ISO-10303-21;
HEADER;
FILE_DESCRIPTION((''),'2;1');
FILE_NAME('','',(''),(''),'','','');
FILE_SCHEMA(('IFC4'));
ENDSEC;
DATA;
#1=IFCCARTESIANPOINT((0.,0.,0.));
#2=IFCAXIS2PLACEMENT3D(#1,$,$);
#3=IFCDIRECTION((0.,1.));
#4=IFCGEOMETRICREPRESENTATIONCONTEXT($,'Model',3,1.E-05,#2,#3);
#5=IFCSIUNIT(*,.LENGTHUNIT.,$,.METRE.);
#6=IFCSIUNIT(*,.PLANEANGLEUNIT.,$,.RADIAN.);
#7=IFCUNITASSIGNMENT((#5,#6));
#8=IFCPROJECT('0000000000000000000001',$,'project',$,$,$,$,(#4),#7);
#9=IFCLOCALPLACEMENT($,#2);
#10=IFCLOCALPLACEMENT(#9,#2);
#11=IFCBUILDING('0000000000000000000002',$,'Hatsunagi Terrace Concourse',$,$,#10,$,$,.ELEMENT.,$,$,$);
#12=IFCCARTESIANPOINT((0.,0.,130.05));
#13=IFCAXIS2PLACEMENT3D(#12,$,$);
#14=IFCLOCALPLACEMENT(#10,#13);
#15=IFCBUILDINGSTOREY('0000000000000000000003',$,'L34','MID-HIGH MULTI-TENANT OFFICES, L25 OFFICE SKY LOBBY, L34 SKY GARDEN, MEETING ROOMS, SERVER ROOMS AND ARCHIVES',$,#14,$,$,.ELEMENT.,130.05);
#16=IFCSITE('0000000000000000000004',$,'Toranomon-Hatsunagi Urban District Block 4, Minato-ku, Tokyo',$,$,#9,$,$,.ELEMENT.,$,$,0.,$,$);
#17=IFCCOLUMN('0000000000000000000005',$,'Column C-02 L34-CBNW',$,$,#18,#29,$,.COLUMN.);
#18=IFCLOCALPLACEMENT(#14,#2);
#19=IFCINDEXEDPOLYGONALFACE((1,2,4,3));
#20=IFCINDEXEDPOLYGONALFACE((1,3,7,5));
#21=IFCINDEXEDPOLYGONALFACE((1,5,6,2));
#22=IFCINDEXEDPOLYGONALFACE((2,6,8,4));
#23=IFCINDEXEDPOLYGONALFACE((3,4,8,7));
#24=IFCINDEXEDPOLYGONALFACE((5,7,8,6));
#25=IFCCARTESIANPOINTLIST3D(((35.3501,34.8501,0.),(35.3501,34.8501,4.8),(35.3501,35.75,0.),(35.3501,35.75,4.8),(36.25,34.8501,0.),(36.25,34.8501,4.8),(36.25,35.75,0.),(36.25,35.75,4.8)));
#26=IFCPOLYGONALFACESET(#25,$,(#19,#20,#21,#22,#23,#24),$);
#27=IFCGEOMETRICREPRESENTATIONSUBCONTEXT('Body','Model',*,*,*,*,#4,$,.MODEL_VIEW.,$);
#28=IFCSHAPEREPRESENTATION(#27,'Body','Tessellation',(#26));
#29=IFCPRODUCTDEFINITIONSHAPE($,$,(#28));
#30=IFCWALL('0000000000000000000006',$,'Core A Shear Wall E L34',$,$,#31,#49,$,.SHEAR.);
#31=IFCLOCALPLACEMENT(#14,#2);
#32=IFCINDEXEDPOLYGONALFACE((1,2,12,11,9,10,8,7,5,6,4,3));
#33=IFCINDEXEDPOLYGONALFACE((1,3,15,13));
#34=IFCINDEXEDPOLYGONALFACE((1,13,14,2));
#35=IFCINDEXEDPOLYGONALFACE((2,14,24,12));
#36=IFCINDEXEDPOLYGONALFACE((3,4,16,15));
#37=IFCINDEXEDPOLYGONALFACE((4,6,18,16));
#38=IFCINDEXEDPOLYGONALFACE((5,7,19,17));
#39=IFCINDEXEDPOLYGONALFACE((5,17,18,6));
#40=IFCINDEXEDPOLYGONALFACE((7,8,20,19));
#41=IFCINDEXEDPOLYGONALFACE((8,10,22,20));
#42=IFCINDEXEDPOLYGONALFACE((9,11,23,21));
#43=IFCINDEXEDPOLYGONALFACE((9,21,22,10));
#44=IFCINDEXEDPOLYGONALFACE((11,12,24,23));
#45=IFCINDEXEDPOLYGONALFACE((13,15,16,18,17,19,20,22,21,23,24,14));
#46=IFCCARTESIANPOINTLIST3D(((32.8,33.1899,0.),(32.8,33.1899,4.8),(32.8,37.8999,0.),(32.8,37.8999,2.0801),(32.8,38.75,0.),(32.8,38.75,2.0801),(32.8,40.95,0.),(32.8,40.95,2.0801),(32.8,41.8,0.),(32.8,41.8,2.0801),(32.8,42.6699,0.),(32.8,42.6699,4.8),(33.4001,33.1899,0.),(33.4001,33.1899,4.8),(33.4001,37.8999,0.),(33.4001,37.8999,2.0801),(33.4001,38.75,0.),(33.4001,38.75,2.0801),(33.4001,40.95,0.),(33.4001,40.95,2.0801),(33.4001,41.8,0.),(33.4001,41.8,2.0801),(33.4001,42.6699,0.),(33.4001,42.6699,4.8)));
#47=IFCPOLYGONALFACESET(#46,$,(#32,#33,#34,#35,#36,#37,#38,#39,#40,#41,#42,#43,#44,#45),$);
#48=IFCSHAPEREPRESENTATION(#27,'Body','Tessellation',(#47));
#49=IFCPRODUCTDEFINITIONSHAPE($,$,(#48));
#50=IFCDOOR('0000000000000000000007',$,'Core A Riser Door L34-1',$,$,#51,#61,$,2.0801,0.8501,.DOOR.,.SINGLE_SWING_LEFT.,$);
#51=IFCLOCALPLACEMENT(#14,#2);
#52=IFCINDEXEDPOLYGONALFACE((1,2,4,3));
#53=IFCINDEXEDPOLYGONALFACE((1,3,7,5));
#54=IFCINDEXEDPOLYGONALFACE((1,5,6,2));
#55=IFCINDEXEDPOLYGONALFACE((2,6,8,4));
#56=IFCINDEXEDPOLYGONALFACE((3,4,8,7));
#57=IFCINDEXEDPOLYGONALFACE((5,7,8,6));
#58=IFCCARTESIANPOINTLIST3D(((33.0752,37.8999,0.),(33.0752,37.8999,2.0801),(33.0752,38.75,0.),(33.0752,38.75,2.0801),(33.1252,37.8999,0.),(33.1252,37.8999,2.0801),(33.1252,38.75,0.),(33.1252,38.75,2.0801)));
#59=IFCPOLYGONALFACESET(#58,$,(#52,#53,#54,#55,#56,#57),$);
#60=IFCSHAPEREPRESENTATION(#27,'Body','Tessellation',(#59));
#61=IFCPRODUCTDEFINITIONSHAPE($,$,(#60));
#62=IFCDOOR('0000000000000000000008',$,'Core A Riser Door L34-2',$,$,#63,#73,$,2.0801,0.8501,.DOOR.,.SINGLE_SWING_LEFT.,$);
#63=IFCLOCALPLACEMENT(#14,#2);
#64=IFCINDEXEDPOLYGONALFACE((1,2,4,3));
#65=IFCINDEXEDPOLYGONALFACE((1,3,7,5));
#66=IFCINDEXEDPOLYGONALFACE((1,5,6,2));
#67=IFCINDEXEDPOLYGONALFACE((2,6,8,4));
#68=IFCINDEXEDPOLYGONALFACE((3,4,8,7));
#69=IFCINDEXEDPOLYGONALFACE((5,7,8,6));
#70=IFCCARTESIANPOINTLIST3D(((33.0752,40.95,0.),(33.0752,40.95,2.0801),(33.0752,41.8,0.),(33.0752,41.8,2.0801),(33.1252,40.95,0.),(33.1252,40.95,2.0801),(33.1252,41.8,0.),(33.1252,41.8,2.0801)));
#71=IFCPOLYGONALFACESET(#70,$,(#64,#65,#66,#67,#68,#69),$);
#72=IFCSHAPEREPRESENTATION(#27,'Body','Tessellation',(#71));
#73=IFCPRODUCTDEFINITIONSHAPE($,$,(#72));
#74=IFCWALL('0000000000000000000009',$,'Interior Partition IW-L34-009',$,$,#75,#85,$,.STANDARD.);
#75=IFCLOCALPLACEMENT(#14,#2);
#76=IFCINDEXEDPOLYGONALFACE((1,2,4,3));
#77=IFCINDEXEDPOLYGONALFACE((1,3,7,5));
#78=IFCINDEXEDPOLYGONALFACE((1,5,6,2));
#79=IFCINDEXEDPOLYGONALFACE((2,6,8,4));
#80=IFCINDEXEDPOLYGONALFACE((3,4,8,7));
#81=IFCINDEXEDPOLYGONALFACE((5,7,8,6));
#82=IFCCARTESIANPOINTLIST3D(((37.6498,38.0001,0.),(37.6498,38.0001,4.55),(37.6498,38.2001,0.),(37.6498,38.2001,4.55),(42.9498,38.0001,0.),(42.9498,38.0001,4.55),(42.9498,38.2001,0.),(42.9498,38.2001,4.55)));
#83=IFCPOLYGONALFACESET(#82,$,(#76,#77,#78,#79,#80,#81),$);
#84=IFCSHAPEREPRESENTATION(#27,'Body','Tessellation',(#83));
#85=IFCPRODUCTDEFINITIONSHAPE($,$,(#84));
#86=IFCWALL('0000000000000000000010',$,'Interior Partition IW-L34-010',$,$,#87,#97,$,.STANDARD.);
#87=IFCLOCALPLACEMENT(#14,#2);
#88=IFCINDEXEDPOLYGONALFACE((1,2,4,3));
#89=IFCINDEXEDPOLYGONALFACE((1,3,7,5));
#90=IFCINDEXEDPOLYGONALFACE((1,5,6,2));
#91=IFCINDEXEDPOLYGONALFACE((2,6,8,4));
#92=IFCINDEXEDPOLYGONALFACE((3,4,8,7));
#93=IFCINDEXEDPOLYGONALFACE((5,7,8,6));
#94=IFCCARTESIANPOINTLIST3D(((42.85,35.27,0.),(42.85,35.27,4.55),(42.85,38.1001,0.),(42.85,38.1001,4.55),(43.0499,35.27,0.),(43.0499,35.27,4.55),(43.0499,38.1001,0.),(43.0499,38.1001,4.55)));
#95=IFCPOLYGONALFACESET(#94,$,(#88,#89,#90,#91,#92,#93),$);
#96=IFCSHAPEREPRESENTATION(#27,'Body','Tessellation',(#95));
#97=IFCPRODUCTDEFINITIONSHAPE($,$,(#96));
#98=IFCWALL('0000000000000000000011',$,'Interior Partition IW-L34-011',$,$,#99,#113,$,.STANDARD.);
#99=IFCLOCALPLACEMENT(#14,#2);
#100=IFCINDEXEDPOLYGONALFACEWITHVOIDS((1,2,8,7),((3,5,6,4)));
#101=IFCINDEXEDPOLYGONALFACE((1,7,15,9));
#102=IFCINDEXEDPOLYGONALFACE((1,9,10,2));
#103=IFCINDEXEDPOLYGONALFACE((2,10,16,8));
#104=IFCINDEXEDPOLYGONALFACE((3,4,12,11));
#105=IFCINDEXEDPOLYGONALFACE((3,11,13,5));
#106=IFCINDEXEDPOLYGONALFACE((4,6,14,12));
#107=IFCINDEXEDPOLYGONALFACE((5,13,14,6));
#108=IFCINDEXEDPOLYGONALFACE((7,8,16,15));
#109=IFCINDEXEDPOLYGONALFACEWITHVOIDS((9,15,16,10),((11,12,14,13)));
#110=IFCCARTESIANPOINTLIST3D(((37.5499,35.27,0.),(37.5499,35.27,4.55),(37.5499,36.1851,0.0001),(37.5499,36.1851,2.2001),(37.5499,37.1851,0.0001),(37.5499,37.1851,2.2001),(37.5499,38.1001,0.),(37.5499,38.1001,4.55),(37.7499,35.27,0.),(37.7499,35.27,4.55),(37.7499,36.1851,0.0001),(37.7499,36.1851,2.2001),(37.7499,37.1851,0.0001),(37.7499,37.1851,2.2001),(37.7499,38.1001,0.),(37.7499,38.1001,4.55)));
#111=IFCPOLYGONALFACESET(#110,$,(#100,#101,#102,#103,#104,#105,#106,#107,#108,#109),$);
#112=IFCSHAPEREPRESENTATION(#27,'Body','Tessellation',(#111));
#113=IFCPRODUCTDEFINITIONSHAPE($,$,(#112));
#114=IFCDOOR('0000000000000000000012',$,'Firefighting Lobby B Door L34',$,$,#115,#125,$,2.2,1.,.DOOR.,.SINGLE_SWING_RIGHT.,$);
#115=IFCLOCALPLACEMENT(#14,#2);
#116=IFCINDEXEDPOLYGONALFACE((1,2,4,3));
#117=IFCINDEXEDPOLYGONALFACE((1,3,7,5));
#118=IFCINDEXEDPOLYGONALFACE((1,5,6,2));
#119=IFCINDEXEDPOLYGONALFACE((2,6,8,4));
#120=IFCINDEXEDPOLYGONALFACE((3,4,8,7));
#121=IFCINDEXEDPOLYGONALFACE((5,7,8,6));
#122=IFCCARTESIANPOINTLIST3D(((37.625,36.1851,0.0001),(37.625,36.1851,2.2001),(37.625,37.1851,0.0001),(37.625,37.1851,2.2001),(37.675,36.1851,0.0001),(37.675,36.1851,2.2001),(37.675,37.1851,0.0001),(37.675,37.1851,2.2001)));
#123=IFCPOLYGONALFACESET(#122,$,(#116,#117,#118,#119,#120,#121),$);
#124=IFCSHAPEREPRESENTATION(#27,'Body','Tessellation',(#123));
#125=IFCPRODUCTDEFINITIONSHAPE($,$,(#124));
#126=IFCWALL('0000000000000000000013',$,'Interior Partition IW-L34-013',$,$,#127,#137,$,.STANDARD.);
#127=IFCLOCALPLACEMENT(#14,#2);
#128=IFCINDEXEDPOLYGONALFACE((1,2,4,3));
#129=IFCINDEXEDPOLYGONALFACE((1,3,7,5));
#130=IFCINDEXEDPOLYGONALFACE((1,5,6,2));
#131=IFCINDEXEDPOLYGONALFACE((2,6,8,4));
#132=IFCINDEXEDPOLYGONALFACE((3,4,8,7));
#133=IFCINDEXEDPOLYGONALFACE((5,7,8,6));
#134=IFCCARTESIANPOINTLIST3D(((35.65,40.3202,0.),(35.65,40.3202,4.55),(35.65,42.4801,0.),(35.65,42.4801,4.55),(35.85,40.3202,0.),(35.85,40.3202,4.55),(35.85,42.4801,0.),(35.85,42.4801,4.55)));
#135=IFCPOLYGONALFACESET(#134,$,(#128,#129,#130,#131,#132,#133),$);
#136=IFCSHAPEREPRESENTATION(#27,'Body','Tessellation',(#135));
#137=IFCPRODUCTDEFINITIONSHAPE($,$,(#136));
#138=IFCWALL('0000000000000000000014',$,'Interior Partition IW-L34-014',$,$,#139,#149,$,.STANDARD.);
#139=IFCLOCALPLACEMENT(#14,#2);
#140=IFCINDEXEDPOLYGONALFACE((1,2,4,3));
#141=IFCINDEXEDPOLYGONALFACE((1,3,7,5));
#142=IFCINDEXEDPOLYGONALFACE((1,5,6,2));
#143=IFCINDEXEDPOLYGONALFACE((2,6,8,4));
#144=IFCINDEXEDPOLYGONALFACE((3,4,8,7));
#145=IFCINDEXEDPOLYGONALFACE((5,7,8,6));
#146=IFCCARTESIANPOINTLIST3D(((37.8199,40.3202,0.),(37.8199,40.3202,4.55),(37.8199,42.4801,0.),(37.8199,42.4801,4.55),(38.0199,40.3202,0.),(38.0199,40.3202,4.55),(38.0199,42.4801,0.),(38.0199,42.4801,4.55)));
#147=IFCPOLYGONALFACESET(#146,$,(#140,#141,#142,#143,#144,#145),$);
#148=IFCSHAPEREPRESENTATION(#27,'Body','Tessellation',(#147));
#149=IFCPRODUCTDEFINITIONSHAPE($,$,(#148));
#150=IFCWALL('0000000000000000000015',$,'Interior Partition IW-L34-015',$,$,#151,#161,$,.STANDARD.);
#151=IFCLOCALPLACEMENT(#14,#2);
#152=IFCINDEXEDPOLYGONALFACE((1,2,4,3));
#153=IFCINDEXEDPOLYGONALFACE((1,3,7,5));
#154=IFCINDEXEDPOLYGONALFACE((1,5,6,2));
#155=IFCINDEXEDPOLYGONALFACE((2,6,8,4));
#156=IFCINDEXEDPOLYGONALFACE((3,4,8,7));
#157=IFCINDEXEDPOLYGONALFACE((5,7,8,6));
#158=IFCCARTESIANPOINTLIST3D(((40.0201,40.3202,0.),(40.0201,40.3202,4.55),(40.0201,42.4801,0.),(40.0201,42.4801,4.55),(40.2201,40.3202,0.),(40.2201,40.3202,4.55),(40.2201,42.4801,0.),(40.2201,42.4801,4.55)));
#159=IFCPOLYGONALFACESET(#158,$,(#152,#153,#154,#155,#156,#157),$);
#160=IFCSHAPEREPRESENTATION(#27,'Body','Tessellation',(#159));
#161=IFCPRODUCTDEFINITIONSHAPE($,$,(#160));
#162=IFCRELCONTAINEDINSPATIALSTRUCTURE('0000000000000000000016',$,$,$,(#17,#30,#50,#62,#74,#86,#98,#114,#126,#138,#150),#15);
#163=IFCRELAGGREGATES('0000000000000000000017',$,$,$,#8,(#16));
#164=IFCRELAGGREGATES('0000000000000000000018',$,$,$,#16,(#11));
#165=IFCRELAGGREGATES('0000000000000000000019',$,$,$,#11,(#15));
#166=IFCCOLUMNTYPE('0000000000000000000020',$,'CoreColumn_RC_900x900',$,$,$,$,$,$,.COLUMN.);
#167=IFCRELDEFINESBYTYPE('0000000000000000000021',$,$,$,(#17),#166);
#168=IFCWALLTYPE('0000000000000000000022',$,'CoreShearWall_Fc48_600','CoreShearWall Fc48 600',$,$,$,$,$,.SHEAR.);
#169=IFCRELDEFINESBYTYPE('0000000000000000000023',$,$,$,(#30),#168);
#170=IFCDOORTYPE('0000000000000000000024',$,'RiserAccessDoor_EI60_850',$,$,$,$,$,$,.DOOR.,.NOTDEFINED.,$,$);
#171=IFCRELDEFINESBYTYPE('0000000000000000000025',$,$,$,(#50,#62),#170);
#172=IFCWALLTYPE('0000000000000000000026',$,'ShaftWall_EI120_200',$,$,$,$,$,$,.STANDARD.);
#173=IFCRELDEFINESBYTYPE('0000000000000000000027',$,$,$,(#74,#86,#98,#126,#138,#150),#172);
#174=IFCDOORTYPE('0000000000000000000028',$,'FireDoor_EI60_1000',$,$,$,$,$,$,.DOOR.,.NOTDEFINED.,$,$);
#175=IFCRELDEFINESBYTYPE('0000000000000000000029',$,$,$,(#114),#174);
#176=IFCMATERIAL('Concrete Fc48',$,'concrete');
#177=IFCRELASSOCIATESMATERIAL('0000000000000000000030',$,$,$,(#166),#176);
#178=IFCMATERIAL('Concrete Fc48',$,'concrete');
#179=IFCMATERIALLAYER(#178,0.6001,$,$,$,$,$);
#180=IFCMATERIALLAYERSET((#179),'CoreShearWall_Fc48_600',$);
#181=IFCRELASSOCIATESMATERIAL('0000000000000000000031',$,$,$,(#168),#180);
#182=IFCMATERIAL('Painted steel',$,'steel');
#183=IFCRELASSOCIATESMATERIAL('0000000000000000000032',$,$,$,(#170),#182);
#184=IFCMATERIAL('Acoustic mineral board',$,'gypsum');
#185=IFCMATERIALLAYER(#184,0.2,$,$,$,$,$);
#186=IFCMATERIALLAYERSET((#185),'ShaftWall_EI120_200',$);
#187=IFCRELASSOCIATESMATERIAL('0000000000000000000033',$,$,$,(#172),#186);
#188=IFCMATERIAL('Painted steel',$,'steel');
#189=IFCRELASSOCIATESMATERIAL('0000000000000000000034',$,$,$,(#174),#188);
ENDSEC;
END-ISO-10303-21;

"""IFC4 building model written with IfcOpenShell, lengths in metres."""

from ifc_helpers import new_model, si_unit, direction, frame, frame_2d, origin, origin_2d, place, context, subcontext, project, spatial, rectangle, extrude, material, layer, layer_set, material_profile, profile_set, type_object, element, fill, save


model = new_model("IFC4")

# Units and contexts
model_context = context("Model", 3, precision=1e-05, world=origin(), true_north=direction((0.0, 1.0)))
body_context = subcontext(model_context, "Body", "Model", "MODEL_VIEW")
ifc_project = project(units=[si_unit("LENGTHUNIT", "METRE"), si_unit("PLANEANGLEUNIT", "RADIAN")], contexts=[model_context])

# Site, building, storey
site_placement = place(None, origin())
site = spatial("IfcSite", under=ifc_project, at=site_placement, Name="Toranomon-Hatsunagi Urban District Block 4, Minato-ku, Tokyo", CompositionType="ELEMENT", RefElevation=0.0)
building_placement = place(site_placement, origin())
building = spatial("IfcBuilding", under=site, at=building_placement, Name="Hatsunagi Terrace Concourse", CompositionType="ELEMENT")
storey_placement = place(building_placement, frame((0.0, 0.0, 130.05)))
storey = spatial("IfcBuildingStorey", under=building, at=storey_placement, Name="L34", Description="MID-HIGH MULTI-TENANT OFFICES, L25 OFFICE SKY LOBBY, L34 SKY GARDEN, MEETING ROOMS, SERVER ROOMS AND ARCHIVES", CompositionType="ELEMENT", Elevation=130.05)

# Column
ifc_material_1 = material(Name="Concrete Fc48", Category="concrete")
ifc_material_profile = material_profile(ifc_material_1, rectangle(XDim=0.8999, YDim=0.8999, at=origin_2d()), Name="RC-900x900")
ifc_profile_set = profile_set([ifc_material_profile], Name="Concrete Fc48")
column_type = type_object("IfcColumnType", Name="CoreColumn_RC_900x900", PredefinedType="COLUMN", material=ifc_profile_set)
column_placement = place(storey_placement, frame((35.8, 35.3, 0.0), z_axis=(0.0, 0.0, 1.0), x_axis=(1.0, 0.0, 0.0)))
element("IfcColumn", 1, at=column_placement, inside=storey, type_object=column_type, Name="Column C-02 L34-CBNW", PredefinedType="COLUMN", context=body_context, shape_type="SweptSolid", body=[
    extrude(rectangle(XDim=0.8999, YDim=0.8999, at=origin_2d()), origin(), (0.0, 0.0, 1.0), 4.8),
])

# Wall, openings, doors
ifc_material_2 = material(Name="Concrete Fc48", Category="concrete")
ifc_layer_1 = layer(ifc_material_2, 0.6001)
ifc_layer_set_1 = layer_set([ifc_layer_1], Name="CoreShearWall_Fc48_600")
wall_type_1 = type_object("IfcWallType", Name="CoreShearWall_Fc48_600", Description="CoreShearWall Fc48 600", PredefinedType="SHEAR", material=ifc_layer_set_1)
wall_1_placement = place(storey_placement, frame((33.1001, 33.1899, 0.0), z_axis=(0.0, 0.0, 1.0), x_axis=(0.0, 1.0, 0.0)))
wall_1 = element("IfcWall", 2, at=wall_1_placement, inside=storey, type_object=wall_type_1, Name="Core A Shear Wall E L34", PredefinedType="SHEAR", context=body_context, shape_type="SweptSolid", body=[
    extrude(rectangle(XDim=9.48, YDim=0.6001, at=frame_2d((4.74, 0.0))), origin(), (0.0, 0.0, 1.0), 4.8),
])
opening_1_placement = place(wall_1_placement, frame((4.71, 0.0, 0.0)))
opening_1 = element("IfcOpeningElement", 3, at=opening_1_placement, cuts=wall_1, PredefinedType="OPENING", context=body_context, shape_type="SweptSolid", body=[
    extrude(rectangle(XDim=0.8501, YDim=2.0801, at=frame_2d((0.425, 1.04))), frame((0.0, 0.3101, 0.0), z_axis=(0.0, -1.0, 0.0), x_axis=(1.0, 0.0, 0.0)), (0.0, 0.0, 1.0), 0.6201),
])
opening_2_placement = place(wall_1_placement, frame((7.76, 0.0, 0.0)))
opening_2 = element("IfcOpeningElement", 4, at=opening_2_placement, cuts=wall_1, PredefinedType="OPENING", context=body_context, shape_type="SweptSolid", body=[
    extrude(rectangle(XDim=0.8501, YDim=2.0801, at=frame_2d((0.425, 1.04))), frame((0.0, 0.3101, 0.0), z_axis=(0.0, -1.0, 0.0), x_axis=(1.0, 0.0, 0.0)), (0.0, 0.0, 1.0), 0.6201),
])
ifc_material_3 = material(Name="Painted steel", Category="steel")
door_type_1 = type_object("IfcDoorType", Name="RiserAccessDoor_EI60_850", OperationType="NOTDEFINED", PredefinedType="DOOR", material=ifc_material_3)
door_1_placement = place(opening_1_placement, origin())
door_1 = element("IfcDoor", 5, at=door_1_placement, inside=storey, type_object=door_type_1, Name="Core A Riser Door L34-1", OperationType="SINGLE_SWING_LEFT", OverallHeight=2.0801, OverallWidth=0.8501, PredefinedType="DOOR", context=body_context, shape_type="SweptSolid", body=[
    extrude(rectangle(XDim=0.8501, YDim=2.0801, at=frame_2d((0.425, 1.04))), frame((0.0, 0.0249, 0.0), z_axis=(0.0, -1.0, 0.0), x_axis=(1.0, 0.0, 0.0)), (0.0, 0.0, 1.0), 0.05),
])
fill(opening_1, door_1)
door_2_placement = place(opening_2_placement, origin())
door_2 = element("IfcDoor", 6, at=door_2_placement, inside=storey, type_object=door_type_1, Name="Core A Riser Door L34-2", OperationType="SINGLE_SWING_LEFT", OverallHeight=2.0801, OverallWidth=0.8501, PredefinedType="DOOR", context=body_context, shape_type="SweptSolid", body=[
    extrude(rectangle(XDim=0.8501, YDim=2.0801, at=frame_2d((0.425, 1.04))), frame((0.0, 0.0249, 0.0), z_axis=(0.0, -1.0, 0.0), x_axis=(1.0, 0.0, 0.0)), (0.0, 0.0, 1.0), 0.05),
])
fill(opening_2, door_2)

# Walls
ifc_material_4 = material(Name="Acoustic mineral board", Category="gypsum")
ifc_layer_2 = layer(ifc_material_4, 0.2)
ifc_layer_set_2 = layer_set([ifc_layer_2], Name="ShaftWall_EI120_200")
wall_type_2 = type_object("IfcWallType", Name="ShaftWall_EI120_200", PredefinedType="STANDARD", material=ifc_layer_set_2)
wall_2_placement = place(storey_placement, frame((37.6499, 38.1001, 0.0), z_axis=(0.0, 0.0, 1.0), x_axis=(1.0, 0.0, 0.0)))
element("IfcWall", 7, at=wall_2_placement, inside=storey, type_object=wall_type_2, Name="Interior Partition IW-L34-009", PredefinedType="STANDARD", context=body_context, shape_type="SweptSolid", body=[
    extrude(rectangle(XDim=5.3, YDim=0.2, at=frame_2d((2.6499, 0.0))), origin(), (0.0, 0.0, 1.0), 4.55),
])
wall_3_placement = place(storey_placement, frame((42.95, 35.27, 0.0), z_axis=(0.0, 0.0, 1.0), x_axis=(0.0, 1.0, 0.0)))
element("IfcWall", 8, at=wall_3_placement, inside=storey, type_object=wall_type_2, Name="Interior Partition IW-L34-010", PredefinedType="STANDARD", context=body_context, shape_type="SweptSolid", body=[
    extrude(rectangle(XDim=2.8301, YDim=0.2, at=frame_2d((1.415, 0.0))), origin(), (0.0, 0.0, 1.0), 4.55),
])

# Wall, opening, door
wall_4_placement = place(storey_placement, frame((37.6499, 35.27, 0.0), z_axis=(0.0, 0.0, 1.0), x_axis=(0.0, 1.0, 0.0)))
wall_4 = element("IfcWall", 9, at=wall_4_placement, inside=storey, type_object=wall_type_2, Name="Interior Partition IW-L34-011", PredefinedType="STANDARD", context=body_context, shape_type="SweptSolid", body=[
    extrude(rectangle(XDim=2.8301, YDim=0.2, at=frame_2d((1.415, 0.0))), origin(), (0.0, 0.0, 1.0), 4.55),
])
opening_3_placement = place(wall_4_placement, frame((0.915, 0.0, 0.0)))
opening_3 = element("IfcOpeningElement", 10, at=opening_3_placement, cuts=wall_4, PredefinedType="OPENING", context=body_context, shape_type="SweptSolid", body=[
    extrude(rectangle(XDim=1.0, YDim=2.2, at=frame_2d((0.5, 1.1001))), frame((0.0, 0.1099, 0.0), z_axis=(0.0, -1.0, 0.0), x_axis=(1.0, 0.0, 0.0)), (0.0, 0.0, 1.0), 0.22),
])
ifc_material_5 = material(Name="Painted steel", Category="steel")
door_type_2 = type_object("IfcDoorType", Name="FireDoor_EI60_1000", OperationType="NOTDEFINED", PredefinedType="DOOR", material=ifc_material_5)
door_3_placement = place(opening_3_placement, origin())
door_3 = element("IfcDoor", 11, at=door_3_placement, inside=storey, type_object=door_type_2, Name="Firefighting Lobby B Door L34", OperationType="SINGLE_SWING_RIGHT", OverallHeight=2.2, OverallWidth=1.0, PredefinedType="DOOR", context=body_context, shape_type="SweptSolid", body=[
    extrude(rectangle(XDim=1.0, YDim=2.2, at=frame_2d((0.5, 1.1001))), frame((0.0, 0.0249, 0.0), z_axis=(0.0, -1.0, 0.0), x_axis=(1.0, 0.0, 0.0)), (0.0, 0.0, 1.0), 0.05),
])
fill(opening_3, door_3)

# Walls
for number, where, z_axis, x_axis, name in (
    (12, (35.75, 40.3201, 0.0), (0.0, 0.0, 1.0), (0.0, 1.0, 0.0), "Interior Partition IW-L34-013"),
    (13, (37.9199, 40.3201, 0.0), (0.0, 0.0, 1.0), (0.0, 1.0, 0.0), "Interior Partition IW-L34-014"),
    (14, (40.1201, 40.3201, 0.0), (0.0, 0.0, 1.0), (0.0, 1.0, 0.0), "Interior Partition IW-L34-015"),
):
    element("IfcWall", number, at=place(storey_placement, frame(where, z_axis=z_axis, x_axis=x_axis)), inside=storey, type_object=wall_type_2, Name=name, PredefinedType="STANDARD", context=body_context, shape_type="SweptSolid", body=[
        extrude(rectangle(XDim=2.1599, YDim=0.2, at=frame_2d((1.0801, 0.0))), origin(), (0.0, 0.0, 1.0), 4.55),
    ])

save(model, "model.ifc")
